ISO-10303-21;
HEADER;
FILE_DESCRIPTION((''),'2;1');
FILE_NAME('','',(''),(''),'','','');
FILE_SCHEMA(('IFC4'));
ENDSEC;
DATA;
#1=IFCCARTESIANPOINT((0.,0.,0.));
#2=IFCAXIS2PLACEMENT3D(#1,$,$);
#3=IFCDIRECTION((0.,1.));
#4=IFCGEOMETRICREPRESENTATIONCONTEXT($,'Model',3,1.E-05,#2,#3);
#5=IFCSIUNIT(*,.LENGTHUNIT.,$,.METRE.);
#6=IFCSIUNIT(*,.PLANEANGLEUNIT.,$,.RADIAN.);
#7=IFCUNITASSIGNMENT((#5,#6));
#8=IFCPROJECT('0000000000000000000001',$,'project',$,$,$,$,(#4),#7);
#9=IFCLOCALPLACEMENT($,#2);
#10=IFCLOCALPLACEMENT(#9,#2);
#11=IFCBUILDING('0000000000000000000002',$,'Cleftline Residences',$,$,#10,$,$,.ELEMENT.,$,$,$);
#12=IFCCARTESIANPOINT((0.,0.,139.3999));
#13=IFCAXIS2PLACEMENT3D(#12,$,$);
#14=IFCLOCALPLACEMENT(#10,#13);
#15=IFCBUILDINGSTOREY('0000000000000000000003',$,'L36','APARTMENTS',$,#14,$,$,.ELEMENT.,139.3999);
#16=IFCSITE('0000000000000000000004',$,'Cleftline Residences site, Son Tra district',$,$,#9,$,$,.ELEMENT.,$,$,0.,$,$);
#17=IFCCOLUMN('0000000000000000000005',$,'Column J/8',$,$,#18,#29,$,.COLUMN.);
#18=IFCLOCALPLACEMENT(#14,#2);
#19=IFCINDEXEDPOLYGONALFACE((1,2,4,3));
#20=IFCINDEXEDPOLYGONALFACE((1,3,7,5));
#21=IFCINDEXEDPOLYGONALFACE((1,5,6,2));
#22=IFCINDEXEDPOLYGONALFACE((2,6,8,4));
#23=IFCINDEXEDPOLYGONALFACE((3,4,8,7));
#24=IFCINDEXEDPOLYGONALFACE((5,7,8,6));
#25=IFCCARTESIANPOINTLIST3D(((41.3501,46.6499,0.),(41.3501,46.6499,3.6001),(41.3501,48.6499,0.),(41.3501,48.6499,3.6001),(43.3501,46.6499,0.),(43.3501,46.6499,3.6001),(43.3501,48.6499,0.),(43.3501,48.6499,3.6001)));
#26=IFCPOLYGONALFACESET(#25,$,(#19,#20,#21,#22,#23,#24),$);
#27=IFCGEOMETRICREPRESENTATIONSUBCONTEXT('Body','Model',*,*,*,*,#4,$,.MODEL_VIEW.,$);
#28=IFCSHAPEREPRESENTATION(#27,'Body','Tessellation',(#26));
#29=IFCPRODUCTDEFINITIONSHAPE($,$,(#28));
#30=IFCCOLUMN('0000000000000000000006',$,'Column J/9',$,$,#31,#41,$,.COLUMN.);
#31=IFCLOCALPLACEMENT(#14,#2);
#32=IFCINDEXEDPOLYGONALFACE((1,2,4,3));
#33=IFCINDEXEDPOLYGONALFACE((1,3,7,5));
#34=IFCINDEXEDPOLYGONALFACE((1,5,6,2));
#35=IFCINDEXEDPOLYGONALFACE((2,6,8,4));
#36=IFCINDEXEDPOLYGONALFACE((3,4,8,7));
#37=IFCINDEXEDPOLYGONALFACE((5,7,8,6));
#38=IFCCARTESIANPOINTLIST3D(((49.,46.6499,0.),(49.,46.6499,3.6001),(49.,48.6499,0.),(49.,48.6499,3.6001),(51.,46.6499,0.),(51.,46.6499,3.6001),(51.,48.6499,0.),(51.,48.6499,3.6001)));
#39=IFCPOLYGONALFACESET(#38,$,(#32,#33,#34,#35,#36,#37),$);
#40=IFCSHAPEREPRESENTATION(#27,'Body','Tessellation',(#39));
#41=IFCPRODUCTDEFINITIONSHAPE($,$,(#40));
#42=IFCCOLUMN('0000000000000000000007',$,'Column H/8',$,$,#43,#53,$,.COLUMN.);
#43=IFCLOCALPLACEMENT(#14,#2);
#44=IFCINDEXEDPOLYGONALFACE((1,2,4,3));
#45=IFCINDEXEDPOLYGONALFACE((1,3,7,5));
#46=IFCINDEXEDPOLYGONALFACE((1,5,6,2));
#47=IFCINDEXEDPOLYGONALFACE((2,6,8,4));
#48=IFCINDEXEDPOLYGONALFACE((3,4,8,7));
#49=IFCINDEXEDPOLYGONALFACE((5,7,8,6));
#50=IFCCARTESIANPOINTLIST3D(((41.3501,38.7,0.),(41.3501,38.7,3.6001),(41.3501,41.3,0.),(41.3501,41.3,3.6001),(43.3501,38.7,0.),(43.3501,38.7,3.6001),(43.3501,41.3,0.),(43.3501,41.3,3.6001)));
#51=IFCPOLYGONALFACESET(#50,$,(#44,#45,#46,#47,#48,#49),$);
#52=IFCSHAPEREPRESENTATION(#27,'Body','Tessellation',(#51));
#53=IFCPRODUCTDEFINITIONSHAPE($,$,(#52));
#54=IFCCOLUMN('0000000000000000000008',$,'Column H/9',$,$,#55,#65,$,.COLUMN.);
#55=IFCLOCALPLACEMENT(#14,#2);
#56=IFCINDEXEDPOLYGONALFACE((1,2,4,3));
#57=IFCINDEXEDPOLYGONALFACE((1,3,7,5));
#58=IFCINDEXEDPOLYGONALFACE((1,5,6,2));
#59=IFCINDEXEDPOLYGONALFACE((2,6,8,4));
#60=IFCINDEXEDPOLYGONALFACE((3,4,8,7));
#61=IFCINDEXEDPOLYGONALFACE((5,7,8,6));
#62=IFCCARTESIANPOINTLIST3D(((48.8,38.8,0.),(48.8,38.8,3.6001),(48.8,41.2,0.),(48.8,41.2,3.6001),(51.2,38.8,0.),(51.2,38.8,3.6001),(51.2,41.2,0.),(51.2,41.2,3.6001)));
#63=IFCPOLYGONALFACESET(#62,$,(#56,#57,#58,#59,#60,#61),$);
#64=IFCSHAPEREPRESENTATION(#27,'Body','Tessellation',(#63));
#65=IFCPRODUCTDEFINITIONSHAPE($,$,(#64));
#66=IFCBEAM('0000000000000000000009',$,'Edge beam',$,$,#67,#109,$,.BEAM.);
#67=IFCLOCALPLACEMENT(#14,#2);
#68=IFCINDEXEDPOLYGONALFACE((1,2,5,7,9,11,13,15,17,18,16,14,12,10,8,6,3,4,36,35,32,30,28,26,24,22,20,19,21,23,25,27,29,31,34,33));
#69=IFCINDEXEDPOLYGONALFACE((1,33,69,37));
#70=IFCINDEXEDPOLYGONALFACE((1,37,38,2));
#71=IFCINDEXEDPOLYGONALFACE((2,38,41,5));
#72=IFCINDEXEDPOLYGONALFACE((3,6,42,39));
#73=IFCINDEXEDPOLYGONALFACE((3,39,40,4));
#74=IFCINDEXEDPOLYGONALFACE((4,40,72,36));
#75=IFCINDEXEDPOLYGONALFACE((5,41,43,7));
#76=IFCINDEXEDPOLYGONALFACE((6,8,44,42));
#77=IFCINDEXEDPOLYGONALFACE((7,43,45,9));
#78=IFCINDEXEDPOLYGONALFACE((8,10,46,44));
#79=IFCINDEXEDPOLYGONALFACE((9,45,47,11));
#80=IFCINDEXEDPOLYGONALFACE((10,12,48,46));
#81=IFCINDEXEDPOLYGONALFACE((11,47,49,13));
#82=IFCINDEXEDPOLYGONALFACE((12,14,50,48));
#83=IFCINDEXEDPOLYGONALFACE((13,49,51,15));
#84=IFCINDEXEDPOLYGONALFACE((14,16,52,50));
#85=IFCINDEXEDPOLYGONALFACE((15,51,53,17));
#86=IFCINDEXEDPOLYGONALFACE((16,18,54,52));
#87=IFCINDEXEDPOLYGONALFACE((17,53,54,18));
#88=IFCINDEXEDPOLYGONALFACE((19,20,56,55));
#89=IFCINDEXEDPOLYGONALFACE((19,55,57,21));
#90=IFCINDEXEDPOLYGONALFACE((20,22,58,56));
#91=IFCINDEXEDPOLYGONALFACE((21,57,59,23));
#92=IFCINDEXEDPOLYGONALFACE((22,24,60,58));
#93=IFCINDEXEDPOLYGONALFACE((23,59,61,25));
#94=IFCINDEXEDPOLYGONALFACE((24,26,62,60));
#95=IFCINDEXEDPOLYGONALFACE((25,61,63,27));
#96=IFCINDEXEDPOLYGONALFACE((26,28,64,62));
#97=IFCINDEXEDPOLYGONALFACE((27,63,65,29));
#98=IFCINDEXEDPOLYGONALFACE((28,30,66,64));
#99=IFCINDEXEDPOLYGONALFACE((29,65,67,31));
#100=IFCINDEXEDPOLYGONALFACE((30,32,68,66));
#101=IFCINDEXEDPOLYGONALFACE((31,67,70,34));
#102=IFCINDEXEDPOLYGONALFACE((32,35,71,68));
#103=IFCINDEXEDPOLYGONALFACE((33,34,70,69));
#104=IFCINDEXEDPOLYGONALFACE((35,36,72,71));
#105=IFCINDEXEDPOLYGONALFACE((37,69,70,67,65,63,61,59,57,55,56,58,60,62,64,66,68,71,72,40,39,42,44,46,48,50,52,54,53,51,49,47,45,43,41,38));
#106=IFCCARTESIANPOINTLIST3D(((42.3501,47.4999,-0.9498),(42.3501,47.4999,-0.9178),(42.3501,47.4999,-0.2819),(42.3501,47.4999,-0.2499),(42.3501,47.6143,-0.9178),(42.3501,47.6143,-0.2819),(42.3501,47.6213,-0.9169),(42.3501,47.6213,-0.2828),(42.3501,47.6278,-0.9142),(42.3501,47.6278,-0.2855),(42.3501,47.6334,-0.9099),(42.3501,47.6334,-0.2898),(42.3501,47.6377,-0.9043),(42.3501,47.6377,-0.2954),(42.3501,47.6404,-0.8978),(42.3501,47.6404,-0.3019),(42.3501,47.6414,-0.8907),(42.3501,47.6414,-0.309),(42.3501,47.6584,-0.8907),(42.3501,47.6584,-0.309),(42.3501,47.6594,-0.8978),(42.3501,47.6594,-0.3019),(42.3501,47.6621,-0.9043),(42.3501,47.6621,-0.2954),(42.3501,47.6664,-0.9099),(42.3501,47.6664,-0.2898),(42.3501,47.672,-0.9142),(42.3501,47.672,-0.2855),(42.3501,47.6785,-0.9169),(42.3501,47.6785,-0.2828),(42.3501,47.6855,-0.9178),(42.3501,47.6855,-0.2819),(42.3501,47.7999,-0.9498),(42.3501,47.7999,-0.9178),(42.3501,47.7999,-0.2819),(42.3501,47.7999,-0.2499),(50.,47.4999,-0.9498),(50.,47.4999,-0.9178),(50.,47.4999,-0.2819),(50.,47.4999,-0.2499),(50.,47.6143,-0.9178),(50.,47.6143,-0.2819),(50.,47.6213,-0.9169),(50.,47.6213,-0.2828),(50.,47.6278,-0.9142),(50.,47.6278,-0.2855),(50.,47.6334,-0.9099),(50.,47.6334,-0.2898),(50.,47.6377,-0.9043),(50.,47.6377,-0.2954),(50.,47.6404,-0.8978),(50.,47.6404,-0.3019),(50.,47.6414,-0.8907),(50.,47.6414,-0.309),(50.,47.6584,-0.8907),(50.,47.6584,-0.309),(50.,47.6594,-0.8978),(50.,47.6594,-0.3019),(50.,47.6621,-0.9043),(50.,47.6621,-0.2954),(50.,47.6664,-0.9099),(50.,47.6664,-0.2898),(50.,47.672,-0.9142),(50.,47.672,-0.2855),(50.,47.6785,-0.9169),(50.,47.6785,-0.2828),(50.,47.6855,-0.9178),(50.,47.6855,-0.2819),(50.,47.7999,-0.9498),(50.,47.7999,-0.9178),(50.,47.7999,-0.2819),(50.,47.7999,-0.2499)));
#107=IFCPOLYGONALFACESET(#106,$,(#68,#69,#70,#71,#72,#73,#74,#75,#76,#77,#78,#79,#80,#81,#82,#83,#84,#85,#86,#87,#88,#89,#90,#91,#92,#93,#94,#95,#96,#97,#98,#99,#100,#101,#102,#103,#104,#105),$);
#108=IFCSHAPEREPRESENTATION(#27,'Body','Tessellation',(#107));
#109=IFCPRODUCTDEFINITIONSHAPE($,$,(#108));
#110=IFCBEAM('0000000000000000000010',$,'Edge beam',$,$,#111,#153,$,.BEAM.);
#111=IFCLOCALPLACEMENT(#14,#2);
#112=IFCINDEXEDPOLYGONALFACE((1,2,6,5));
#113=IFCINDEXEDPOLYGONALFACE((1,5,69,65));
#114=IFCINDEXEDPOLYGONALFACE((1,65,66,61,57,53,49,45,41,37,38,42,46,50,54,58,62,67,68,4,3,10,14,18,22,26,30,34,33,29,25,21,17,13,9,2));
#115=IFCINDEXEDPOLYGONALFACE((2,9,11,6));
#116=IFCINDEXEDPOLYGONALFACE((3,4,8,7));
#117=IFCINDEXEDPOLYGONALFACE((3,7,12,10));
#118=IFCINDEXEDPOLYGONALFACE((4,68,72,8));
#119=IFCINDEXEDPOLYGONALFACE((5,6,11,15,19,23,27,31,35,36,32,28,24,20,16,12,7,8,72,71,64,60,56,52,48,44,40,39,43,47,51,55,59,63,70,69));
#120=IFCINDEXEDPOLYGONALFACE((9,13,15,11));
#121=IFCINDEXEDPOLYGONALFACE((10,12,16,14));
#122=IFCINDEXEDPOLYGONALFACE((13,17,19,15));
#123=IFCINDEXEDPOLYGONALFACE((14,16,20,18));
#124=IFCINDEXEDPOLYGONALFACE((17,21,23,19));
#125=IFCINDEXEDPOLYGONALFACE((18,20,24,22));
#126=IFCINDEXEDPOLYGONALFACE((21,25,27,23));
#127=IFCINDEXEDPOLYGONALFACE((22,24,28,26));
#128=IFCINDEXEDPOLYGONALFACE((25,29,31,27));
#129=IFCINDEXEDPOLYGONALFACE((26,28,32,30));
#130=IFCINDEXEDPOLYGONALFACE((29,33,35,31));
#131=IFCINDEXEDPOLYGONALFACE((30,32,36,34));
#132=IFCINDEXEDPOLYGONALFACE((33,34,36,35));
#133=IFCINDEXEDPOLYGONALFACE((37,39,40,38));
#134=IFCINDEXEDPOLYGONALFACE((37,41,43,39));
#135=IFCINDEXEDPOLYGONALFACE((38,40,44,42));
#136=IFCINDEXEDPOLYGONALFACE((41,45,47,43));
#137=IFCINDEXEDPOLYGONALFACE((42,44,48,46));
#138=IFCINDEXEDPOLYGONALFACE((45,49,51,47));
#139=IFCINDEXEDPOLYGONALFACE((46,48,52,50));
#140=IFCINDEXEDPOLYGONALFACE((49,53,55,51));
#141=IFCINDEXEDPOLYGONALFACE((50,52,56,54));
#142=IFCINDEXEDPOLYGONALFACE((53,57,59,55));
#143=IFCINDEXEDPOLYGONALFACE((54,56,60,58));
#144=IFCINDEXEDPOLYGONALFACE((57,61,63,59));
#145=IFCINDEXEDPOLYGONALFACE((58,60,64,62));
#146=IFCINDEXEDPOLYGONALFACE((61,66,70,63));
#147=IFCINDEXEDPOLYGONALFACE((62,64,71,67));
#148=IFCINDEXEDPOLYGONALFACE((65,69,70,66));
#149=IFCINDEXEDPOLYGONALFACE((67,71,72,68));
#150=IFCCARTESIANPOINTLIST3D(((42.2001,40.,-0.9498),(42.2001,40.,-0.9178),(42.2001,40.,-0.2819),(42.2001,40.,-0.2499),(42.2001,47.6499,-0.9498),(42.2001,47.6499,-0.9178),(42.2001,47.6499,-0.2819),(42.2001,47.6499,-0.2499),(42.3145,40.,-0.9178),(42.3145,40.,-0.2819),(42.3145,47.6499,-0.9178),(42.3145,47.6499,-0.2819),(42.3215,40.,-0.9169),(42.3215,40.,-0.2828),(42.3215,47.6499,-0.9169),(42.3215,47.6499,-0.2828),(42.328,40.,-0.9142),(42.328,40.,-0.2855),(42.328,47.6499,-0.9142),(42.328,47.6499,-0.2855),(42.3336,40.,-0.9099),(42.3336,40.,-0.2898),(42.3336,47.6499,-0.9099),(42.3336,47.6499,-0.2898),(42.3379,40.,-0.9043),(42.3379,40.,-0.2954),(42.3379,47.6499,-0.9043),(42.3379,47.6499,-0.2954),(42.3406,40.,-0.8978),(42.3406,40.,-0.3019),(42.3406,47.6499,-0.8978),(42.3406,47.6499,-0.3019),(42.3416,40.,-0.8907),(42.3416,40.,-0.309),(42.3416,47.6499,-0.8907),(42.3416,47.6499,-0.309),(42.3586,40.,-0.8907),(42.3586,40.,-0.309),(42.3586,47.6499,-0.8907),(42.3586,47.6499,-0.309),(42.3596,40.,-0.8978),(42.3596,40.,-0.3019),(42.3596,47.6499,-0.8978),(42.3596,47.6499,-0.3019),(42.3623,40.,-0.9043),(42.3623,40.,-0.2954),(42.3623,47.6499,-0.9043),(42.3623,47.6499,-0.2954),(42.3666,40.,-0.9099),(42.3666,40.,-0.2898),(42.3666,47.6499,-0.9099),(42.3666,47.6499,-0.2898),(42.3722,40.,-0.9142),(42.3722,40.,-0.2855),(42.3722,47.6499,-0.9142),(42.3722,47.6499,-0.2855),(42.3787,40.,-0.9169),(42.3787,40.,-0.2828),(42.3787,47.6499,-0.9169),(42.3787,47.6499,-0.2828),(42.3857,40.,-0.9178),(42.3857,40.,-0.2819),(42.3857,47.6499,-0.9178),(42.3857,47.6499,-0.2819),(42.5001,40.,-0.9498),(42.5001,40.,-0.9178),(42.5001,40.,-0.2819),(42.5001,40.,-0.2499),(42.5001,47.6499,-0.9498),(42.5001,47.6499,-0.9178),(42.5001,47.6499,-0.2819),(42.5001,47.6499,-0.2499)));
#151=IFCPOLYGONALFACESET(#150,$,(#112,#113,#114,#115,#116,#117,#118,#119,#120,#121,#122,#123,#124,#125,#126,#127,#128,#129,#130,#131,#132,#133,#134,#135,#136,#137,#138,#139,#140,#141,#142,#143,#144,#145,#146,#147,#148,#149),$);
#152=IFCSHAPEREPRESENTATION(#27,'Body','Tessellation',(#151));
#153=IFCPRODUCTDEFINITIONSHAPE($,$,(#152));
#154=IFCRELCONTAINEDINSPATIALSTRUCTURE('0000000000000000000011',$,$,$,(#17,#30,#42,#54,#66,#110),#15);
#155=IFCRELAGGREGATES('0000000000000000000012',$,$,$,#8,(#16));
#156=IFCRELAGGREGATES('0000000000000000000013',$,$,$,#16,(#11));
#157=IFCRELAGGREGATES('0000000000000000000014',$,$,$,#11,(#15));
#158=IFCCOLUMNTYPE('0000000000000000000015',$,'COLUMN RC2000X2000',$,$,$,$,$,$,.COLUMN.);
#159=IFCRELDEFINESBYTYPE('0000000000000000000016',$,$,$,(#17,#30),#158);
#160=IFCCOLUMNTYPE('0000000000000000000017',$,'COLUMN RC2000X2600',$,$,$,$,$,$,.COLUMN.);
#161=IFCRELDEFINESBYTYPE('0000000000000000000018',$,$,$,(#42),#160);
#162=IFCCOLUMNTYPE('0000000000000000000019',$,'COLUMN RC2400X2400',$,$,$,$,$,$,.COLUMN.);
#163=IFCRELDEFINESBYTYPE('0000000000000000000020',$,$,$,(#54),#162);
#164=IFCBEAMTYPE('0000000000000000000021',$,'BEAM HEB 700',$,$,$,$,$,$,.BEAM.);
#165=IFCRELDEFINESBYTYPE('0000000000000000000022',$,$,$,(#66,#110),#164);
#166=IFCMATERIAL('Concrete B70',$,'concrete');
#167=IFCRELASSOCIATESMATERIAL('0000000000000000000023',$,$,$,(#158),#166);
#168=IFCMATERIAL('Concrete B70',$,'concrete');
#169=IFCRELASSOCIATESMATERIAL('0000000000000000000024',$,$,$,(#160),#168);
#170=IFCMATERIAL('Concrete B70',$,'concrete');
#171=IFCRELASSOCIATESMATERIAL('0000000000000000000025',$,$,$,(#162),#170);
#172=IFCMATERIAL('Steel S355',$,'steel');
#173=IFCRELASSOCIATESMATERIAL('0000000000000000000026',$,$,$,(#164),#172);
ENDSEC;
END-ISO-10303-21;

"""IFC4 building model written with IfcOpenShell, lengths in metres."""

from ifc_helpers import new_model, si_unit, direction, frame, origin, origin_2d, place, context, subcontext, project, spatial, rectangle, i_section, extrude, material, material_profile, profile_set, type_object, element, save


model = new_model("IFC4")

# Units and contexts
model_context = context("Model", 3, precision=1e-05, world=origin(), true_north=direction((0.0, 1.0)))
body_context = subcontext(model_context, "Body", "Model", "MODEL_VIEW")
ifc_project = project(units=[si_unit("LENGTHUNIT", "METRE"), si_unit("PLANEANGLEUNIT", "RADIAN")], contexts=[model_context])

# Site, building, storey
site_placement = place(None, origin())
site = spatial("IfcSite", under=ifc_project, at=site_placement, Name="Cleftline Residences site, Son Tra district", CompositionType="ELEMENT", RefElevation=0.0)
building_placement = place(site_placement, origin())
building = spatial("IfcBuilding", under=site, at=building_placement, Name="Cleftline Residences", CompositionType="ELEMENT")
storey_placement = place(building_placement, frame((0.0, 0.0, 139.3999)))
storey = spatial("IfcBuildingStorey", under=building, at=storey_placement, Name="L36", Description="APARTMENTS", CompositionType="ELEMENT", Elevation=139.3999)

# Columns
ifc_material_1 = material(Name="Concrete B70", Category="concrete")
ifc_material_profile_1 = material_profile(ifc_material_1, rectangle(XDim=2.0, YDim=2.0, at=origin_2d()))
ifc_profile_set_1 = profile_set([ifc_material_profile_1], Name="Concrete B70")
column_type_1 = type_object("IfcColumnType", Name="COLUMN RC2000X2000", PredefinedType="COLUMN", material=ifc_profile_set_1)
for number, where, z_axis, x_axis, name in (
    (1, (42.3501, 47.6499, 0.0), (0.0, 0.0, 1.0), (1.0, 0.0, 0.0), "Column J/8"),
    (2, (50.0, 47.6499, 0.0), (0.0, 0.0, 1.0), (1.0, 0.0, 0.0), "Column J/9"),
):
    element("IfcColumn", number, at=place(storey_placement, frame(where, z_axis=z_axis, x_axis=x_axis)), inside=storey, type_object=column_type_1, Name=name, PredefinedType="COLUMN", context=body_context, shape_type="SweptSolid", body=[
        extrude(rectangle(XDim=2.0, YDim=2.0, at=origin_2d()), origin(), (0.0, 0.0, 1.0), 3.6001),
    ])
ifc_material_2 = material(Name="Concrete B70", Category="concrete")
ifc_material_profile_2 = material_profile(ifc_material_2, rectangle(XDim=2.0, YDim=2.6001, at=origin_2d()))
ifc_profile_set_2 = profile_set([ifc_material_profile_2], Name="Concrete B70")
column_type_2 = type_object("IfcColumnType", Name="COLUMN RC2000X2600", PredefinedType="COLUMN", material=ifc_profile_set_2)
column_1_placement = place(storey_placement, frame((42.3501, 40.0, 0.0), z_axis=(0.0, 0.0, 1.0), x_axis=(1.0, 0.0, 0.0)))
element("IfcColumn", 3, at=column_1_placement, inside=storey, type_object=column_type_2, Name="Column H/8", PredefinedType="COLUMN", context=body_context, shape_type="SweptSolid", body=[
    extrude(rectangle(XDim=2.0, YDim=2.6001, at=origin_2d()), origin(), (0.0, 0.0, 1.0), 3.6001),
])
ifc_material_3 = material(Name="Concrete B70", Category="concrete")
ifc_material_profile_3 = material_profile(ifc_material_3, rectangle(XDim=2.3999, YDim=2.3999, at=origin_2d()))
ifc_profile_set_3 = profile_set([ifc_material_profile_3], Name="Concrete B70")
column_type_3 = type_object("IfcColumnType", Name="COLUMN RC2400X2400", PredefinedType="COLUMN", material=ifc_profile_set_3)
column_2_placement = place(storey_placement, frame((50.0, 40.0, 0.0), z_axis=(0.0, 0.0, 1.0), x_axis=(1.0, 0.0, 0.0)))
element("IfcColumn", 4, at=column_2_placement, inside=storey, type_object=column_type_3, Name="Column H/9", PredefinedType="COLUMN", context=body_context, shape_type="SweptSolid", body=[
    extrude(rectangle(XDim=2.3999, YDim=2.3999, at=origin_2d()), origin(), (0.0, 0.0, 1.0), 3.6001),
])

# Beams
ifc_material_4 = material(Name="Steel S355", Category="steel")
ifc_material_profile_4 = material_profile(ifc_material_4, i_section(OverallWidth=0.3, OverallDepth=0.7, WebThickness=0.0171, FlangeThickness=0.032, FilletRadius=0.0271, at=origin_2d()))
ifc_profile_set_4 = profile_set([ifc_material_profile_4], Name="Steel S355")
beam_type = type_object("IfcBeamType", Name="BEAM HEB 700", PredefinedType="BEAM", material=ifc_profile_set_4)
for number, where, z_axis, x_axis, name in (
    (5, (50.0, 47.6499, -0.5999), (-1.0, 0.0, 0.0), (0.0, -1.0, 0.0), "Edge beam"),
    (6, (42.3501, 47.6499, -0.5999), (0.0, -1.0, 0.0), (1.0, 0.0, 0.0), "Edge beam"),
):
    element("IfcBeam", number, at=place(storey_placement, frame(where, z_axis=z_axis, x_axis=x_axis)), inside=storey, type_object=beam_type, Name=name, PredefinedType="BEAM", context=body_context, shape_type="SweptSolid", body=[
        extrude(i_section(OverallWidth=0.3, OverallDepth=0.7, WebThickness=0.0171, FlangeThickness=0.032, FilletRadius=0.0271, at=origin_2d()), origin(), (0.0, 0.0, 1.0), 7.6499),
    ])

save(model, "model.ifc")
